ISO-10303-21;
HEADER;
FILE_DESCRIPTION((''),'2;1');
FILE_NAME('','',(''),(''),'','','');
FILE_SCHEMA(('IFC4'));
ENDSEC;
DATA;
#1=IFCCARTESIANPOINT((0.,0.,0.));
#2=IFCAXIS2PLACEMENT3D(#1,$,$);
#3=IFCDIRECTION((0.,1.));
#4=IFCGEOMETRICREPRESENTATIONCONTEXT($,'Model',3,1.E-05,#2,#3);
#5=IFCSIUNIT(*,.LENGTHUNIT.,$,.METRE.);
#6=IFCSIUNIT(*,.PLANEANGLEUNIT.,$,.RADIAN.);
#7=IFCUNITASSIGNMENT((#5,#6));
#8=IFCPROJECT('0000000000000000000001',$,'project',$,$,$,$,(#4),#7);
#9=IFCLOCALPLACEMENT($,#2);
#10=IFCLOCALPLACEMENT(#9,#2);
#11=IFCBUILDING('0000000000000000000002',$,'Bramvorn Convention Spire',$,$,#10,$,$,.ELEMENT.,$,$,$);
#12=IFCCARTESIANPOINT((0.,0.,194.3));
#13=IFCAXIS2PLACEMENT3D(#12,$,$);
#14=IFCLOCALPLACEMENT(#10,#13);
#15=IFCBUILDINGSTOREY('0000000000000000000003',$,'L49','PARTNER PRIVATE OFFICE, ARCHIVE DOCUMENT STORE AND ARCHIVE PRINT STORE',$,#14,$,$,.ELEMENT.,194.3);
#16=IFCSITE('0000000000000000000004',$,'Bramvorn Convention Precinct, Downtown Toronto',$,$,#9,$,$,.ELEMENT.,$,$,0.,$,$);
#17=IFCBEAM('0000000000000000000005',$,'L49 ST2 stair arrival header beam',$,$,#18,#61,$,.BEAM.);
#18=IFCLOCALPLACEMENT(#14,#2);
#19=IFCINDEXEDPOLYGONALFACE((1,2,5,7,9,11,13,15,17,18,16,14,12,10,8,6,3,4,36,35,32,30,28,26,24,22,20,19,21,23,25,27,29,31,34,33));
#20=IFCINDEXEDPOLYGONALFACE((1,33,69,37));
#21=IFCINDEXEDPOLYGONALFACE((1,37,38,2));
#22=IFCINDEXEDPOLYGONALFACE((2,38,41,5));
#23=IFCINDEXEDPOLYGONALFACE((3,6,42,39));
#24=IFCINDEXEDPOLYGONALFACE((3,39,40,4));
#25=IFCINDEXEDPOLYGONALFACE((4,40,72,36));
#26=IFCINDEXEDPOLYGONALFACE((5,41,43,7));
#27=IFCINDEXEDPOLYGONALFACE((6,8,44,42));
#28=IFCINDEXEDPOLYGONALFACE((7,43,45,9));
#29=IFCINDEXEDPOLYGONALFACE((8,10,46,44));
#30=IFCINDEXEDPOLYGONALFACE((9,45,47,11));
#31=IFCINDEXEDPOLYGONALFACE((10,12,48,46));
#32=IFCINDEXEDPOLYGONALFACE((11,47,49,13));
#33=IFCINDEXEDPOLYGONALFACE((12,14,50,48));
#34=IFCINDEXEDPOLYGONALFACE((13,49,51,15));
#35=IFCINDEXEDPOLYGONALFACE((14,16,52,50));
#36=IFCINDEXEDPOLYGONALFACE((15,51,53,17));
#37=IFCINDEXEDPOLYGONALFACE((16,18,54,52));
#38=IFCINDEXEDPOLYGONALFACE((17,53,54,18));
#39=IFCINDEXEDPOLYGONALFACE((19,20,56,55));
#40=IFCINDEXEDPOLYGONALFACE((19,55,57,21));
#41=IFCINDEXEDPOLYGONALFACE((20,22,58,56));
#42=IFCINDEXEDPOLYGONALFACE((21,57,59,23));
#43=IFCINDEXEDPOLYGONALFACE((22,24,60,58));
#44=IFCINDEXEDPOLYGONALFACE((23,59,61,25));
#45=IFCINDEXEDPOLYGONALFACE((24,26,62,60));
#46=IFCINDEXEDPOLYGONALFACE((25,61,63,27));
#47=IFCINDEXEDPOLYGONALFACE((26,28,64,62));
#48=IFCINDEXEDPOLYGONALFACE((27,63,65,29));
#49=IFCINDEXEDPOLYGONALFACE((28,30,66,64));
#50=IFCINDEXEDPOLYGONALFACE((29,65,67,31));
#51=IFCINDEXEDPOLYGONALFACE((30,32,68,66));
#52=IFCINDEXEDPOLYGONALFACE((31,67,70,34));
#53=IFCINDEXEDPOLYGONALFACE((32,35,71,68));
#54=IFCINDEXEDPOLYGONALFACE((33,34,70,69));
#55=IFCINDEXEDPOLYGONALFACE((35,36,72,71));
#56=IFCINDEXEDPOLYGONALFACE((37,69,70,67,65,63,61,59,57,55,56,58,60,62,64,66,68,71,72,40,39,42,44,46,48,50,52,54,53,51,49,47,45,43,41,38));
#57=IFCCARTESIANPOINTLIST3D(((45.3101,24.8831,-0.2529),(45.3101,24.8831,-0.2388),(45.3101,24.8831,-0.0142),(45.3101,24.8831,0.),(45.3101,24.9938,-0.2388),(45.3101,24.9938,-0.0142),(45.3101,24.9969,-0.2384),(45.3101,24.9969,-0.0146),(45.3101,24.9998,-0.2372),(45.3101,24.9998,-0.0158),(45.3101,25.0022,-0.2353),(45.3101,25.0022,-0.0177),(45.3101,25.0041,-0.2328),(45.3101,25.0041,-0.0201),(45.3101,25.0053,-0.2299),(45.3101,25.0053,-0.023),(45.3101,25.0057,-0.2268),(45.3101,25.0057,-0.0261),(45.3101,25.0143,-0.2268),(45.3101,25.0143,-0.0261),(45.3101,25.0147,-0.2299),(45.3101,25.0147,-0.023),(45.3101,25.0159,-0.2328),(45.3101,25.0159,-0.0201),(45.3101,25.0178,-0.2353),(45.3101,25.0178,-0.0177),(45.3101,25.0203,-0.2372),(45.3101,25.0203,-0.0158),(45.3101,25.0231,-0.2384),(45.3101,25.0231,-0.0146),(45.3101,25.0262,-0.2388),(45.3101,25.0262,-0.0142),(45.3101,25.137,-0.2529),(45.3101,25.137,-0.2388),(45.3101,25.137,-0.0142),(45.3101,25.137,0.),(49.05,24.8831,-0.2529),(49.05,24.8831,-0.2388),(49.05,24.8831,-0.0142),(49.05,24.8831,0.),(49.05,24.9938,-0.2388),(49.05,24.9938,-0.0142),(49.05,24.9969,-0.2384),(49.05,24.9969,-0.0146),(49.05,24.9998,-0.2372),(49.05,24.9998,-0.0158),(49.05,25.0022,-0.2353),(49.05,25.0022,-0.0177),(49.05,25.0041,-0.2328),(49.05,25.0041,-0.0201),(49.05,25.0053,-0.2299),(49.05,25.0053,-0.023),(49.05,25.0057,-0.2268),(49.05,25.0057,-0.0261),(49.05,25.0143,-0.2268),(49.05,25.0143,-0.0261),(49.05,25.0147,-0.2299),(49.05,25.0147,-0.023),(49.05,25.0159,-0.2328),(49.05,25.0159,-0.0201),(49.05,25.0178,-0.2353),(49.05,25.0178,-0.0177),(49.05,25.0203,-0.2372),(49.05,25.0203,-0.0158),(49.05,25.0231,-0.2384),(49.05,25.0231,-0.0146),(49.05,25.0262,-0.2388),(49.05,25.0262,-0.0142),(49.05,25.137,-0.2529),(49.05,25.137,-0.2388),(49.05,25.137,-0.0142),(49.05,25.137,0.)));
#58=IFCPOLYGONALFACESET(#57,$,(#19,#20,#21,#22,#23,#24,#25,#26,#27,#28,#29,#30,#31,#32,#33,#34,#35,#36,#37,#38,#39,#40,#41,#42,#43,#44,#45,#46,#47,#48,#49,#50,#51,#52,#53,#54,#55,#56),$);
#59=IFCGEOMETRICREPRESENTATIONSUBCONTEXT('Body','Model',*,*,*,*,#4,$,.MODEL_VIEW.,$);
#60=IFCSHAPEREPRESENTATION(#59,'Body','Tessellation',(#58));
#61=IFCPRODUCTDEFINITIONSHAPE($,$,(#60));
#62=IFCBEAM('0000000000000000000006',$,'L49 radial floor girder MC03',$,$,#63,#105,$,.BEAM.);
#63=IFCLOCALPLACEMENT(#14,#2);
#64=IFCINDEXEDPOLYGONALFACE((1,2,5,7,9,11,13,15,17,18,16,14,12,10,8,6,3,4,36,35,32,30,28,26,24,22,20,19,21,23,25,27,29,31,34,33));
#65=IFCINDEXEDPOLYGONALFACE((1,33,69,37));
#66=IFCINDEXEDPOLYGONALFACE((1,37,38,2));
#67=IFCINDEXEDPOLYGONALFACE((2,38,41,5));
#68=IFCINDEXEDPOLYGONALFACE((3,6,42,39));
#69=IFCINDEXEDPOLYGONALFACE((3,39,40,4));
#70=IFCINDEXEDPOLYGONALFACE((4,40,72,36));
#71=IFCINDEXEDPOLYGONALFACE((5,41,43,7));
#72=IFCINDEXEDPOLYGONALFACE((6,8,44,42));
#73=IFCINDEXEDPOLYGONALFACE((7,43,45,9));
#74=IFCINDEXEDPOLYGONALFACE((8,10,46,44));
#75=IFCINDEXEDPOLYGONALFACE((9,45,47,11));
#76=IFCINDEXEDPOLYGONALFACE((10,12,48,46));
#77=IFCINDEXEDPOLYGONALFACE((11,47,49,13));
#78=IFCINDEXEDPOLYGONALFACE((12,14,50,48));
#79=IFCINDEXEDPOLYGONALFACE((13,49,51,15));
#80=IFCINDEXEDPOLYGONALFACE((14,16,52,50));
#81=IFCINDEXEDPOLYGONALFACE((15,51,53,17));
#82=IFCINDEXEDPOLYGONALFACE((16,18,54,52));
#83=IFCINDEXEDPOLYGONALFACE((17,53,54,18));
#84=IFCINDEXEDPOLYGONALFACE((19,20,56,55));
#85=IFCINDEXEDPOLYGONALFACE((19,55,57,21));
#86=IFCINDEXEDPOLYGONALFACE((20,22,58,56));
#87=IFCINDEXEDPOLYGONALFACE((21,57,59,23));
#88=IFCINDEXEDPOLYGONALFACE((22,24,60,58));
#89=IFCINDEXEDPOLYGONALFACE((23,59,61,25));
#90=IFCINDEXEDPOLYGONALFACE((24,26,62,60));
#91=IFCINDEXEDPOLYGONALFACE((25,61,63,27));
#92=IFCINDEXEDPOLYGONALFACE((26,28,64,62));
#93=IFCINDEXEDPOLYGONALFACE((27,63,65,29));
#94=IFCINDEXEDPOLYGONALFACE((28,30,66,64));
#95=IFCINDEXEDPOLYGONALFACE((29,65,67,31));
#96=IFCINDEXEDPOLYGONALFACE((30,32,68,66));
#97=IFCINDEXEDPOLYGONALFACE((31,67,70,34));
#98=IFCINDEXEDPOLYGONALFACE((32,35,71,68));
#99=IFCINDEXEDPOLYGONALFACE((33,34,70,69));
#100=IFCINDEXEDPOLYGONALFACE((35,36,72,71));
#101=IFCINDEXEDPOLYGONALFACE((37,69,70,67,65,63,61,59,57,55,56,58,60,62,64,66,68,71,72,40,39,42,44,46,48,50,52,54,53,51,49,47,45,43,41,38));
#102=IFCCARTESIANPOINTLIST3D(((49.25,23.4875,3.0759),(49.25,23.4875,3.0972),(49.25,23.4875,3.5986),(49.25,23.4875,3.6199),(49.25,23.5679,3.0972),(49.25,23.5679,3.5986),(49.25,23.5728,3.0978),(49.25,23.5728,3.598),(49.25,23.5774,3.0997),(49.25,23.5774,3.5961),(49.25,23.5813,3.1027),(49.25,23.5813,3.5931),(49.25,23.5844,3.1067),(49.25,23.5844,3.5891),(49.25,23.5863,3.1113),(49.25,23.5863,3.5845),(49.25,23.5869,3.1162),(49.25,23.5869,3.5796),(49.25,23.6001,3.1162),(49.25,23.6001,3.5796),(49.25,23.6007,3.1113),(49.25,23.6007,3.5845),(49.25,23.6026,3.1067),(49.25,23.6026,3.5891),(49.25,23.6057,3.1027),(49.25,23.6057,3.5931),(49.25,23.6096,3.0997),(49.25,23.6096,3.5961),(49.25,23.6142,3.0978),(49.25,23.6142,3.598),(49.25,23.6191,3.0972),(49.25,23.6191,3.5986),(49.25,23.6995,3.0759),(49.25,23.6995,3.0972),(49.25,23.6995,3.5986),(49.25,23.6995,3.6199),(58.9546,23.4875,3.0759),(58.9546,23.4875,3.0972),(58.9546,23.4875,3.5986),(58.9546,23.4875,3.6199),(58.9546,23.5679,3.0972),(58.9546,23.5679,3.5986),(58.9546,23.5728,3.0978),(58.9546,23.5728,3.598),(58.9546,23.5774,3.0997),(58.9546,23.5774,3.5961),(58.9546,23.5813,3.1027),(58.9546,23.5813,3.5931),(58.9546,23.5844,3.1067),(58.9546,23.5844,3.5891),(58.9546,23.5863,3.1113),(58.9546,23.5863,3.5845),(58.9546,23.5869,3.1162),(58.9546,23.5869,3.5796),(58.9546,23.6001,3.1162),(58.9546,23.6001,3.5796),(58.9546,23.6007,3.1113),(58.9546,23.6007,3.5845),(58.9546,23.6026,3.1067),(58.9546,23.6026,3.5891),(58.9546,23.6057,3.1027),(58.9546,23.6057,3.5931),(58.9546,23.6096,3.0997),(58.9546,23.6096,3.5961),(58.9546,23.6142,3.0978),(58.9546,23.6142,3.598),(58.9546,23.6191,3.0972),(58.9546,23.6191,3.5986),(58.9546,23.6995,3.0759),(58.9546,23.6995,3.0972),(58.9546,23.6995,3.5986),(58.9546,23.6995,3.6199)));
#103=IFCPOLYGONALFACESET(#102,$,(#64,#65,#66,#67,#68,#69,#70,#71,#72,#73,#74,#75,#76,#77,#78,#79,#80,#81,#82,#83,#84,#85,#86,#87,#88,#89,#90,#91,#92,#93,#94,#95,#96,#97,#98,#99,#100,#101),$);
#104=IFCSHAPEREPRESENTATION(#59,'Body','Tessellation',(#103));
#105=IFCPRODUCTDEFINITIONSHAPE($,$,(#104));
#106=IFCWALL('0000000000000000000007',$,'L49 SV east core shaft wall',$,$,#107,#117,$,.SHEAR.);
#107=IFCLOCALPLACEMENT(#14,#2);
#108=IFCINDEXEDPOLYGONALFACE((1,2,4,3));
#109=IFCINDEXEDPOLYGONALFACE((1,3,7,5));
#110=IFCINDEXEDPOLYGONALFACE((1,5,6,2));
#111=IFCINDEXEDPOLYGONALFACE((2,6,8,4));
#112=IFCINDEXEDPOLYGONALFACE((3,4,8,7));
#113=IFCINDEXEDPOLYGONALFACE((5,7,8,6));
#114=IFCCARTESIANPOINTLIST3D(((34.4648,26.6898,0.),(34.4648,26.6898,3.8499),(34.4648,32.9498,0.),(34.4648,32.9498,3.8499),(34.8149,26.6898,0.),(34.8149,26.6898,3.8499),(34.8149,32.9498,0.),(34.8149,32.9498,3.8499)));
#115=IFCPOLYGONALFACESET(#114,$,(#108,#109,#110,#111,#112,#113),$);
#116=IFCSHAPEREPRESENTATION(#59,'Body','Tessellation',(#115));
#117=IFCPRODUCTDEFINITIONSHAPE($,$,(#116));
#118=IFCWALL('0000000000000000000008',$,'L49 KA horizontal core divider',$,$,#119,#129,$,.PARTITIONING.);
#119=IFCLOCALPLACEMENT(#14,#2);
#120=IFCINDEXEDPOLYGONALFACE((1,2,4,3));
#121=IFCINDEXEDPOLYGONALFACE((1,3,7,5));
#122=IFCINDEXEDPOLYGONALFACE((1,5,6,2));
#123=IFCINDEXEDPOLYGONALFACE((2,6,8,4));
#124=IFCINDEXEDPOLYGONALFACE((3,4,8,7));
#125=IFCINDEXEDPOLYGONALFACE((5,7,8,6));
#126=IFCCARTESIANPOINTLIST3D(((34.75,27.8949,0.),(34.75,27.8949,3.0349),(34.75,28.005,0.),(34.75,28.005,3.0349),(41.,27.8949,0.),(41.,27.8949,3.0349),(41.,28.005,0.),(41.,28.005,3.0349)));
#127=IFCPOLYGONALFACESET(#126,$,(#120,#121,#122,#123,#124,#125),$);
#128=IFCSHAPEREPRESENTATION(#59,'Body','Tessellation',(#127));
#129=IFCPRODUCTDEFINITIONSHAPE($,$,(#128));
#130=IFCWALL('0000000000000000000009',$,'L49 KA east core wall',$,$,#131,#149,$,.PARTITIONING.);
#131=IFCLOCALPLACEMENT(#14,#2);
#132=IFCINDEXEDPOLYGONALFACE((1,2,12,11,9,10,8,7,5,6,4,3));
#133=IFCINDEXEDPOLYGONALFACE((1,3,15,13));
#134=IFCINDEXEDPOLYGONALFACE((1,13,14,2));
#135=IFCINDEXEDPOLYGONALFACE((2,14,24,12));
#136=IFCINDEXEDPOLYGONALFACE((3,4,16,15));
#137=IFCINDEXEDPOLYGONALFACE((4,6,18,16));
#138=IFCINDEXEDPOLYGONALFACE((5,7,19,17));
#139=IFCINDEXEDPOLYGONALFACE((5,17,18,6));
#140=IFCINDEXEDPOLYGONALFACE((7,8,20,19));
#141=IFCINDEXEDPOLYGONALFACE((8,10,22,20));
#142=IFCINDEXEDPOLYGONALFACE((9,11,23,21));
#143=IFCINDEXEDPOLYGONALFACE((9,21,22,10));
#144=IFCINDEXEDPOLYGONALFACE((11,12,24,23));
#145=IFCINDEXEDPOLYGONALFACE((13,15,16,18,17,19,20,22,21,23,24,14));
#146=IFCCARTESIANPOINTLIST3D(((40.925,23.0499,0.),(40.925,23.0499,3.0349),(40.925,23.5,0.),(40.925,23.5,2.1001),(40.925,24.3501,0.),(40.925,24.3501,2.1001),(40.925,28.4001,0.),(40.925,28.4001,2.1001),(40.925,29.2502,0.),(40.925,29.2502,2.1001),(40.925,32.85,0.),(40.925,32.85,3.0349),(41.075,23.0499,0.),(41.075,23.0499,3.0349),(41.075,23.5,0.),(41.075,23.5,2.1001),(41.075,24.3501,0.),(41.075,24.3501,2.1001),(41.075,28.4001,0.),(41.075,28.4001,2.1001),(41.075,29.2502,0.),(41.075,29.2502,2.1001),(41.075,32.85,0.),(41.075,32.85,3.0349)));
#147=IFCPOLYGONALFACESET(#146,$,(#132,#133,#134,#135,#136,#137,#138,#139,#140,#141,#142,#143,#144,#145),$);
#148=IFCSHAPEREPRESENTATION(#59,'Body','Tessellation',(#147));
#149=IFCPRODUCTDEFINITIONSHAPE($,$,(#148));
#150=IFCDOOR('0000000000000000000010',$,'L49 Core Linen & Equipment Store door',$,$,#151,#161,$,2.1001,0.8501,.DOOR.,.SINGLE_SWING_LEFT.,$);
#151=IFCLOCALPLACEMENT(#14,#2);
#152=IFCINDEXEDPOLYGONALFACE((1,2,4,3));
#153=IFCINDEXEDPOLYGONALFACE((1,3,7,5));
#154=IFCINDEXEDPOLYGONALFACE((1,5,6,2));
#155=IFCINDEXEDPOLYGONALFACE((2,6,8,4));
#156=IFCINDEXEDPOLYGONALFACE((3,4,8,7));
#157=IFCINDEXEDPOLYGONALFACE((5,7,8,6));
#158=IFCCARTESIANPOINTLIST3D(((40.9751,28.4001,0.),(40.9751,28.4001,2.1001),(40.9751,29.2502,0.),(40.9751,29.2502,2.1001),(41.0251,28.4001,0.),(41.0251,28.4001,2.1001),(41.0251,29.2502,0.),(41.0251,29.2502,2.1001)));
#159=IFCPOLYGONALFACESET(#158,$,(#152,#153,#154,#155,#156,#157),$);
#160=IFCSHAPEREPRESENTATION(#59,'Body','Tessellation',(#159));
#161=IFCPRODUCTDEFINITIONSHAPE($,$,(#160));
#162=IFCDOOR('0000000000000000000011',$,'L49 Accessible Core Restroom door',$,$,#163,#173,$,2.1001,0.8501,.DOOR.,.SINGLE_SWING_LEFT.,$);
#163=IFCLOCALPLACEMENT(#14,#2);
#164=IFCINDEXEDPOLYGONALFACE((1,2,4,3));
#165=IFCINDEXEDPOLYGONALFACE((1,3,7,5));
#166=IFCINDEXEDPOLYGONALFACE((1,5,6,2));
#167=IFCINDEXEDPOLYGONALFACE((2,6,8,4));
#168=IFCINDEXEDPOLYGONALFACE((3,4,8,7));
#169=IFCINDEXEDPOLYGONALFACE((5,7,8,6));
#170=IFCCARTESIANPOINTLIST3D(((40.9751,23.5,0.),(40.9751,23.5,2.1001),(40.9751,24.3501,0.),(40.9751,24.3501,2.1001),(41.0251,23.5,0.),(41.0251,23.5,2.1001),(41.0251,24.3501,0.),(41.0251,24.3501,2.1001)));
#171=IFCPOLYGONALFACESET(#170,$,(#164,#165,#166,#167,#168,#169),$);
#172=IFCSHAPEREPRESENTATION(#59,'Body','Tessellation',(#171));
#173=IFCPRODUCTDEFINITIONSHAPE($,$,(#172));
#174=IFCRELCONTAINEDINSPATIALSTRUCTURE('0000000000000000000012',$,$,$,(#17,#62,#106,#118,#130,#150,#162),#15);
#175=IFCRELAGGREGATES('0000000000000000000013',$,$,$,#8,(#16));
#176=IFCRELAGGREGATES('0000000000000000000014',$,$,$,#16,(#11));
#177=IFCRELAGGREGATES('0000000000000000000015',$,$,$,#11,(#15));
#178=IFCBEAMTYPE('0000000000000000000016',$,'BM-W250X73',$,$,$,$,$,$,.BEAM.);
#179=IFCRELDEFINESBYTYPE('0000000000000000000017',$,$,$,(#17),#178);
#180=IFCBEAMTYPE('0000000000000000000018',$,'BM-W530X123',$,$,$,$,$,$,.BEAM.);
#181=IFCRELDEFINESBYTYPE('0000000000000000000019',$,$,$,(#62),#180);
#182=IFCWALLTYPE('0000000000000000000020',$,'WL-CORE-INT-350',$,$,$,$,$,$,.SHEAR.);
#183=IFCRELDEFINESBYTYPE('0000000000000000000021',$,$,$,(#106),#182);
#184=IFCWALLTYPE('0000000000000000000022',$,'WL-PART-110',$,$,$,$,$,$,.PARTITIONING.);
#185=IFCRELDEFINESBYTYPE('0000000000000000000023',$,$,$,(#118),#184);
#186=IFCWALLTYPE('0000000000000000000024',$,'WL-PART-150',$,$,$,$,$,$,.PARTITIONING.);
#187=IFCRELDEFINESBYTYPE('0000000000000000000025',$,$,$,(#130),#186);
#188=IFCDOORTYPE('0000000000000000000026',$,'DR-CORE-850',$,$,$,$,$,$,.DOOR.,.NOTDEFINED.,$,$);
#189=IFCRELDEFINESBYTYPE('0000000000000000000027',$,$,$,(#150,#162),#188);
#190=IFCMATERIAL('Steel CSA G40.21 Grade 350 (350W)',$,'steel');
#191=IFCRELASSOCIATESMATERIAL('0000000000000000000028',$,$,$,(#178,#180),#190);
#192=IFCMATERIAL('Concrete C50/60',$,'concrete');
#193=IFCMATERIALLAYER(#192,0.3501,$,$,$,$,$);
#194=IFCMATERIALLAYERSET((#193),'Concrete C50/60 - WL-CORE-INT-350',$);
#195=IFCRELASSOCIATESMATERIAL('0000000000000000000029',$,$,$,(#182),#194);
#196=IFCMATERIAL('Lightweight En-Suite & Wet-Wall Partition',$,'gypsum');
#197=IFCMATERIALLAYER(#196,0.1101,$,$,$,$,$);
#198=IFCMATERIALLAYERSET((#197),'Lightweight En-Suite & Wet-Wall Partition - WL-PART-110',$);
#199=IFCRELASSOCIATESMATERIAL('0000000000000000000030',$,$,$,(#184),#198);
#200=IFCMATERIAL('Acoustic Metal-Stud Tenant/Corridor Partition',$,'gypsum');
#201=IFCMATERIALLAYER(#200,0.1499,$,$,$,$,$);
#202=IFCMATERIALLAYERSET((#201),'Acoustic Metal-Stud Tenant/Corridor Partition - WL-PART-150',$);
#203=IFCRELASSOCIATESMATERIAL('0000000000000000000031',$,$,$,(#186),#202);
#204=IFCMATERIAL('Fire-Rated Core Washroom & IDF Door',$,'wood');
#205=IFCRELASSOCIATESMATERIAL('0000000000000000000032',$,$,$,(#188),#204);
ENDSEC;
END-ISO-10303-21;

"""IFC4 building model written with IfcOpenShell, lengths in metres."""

from ifc_helpers import new_model, si_unit, direction, frame, frame_2d, origin, origin_2d, place, context, subcontext, project, spatial, rectangle, i_section, extrude, material, layer, layer_set, material_profile, profile_set, type_object, element, fill, save


model = new_model("IFC4")

# Units and contexts
model_context = context("Model", 3, precision=1e-05, world=origin(), true_north=direction((0.0, 1.0)))
body_context = subcontext(model_context, "Body", "Model", "MODEL_VIEW")
ifc_project = project(units=[si_unit("LENGTHUNIT", "METRE"), si_unit("PLANEANGLEUNIT", "RADIAN")], contexts=[model_context])

# Site, building, storey
site_placement = place(None, origin())
site = spatial("IfcSite", under=ifc_project, at=site_placement, Name="Bramvorn Convention Precinct, Downtown Toronto", CompositionType="ELEMENT", RefElevation=0.0)
building_placement = place(site_placement, origin())
building = spatial("IfcBuilding", under=site, at=building_placement, Name="Bramvorn Convention Spire", CompositionType="ELEMENT")
storey_placement = place(building_placement, frame((0.0, 0.0, 194.3)))
storey = spatial("IfcBuildingStorey", under=building, at=storey_placement, Name="L49", Description="PARTNER PRIVATE OFFICE, ARCHIVE DOCUMENT STORE AND ARCHIVE PRINT STORE", CompositionType="ELEMENT", Elevation=194.3)

# Beams
ifc_material_1 = material(Name="Steel CSA G40.21 Grade 350 (350W)", Category="steel")
ifc_material_profile_1 = material_profile(ifc_material_1, i_section(OverallWidth=0.2539, OverallDepth=0.2529, WebThickness=0.0085, FlangeThickness=0.0142, FilletRadius=0.012, at=origin_2d()))
ifc_profile_set_1 = profile_set([ifc_material_profile_1], Name="Steel CSA G40.21 Grade 350 (350W) - W250X73")
beam_type_1 = type_object("IfcBeamType", Name="BM-W250X73", PredefinedType="BEAM", material=ifc_profile_set_1)
beam_1_placement = place(storey_placement, frame((45.3101, 25.01, -0.1265), z_axis=(1.0, 0.0, 0.0), x_axis=(0.0, 1.0, 0.0)))
element("IfcBeam", 1, at=beam_1_placement, inside=storey, type_object=beam_type_1, Name="L49 ST2 stair arrival header beam", PredefinedType="BEAM", context=body_context, shape_type="SweptSolid", body=[
    extrude(i_section(OverallWidth=0.2539, OverallDepth=0.2529, WebThickness=0.0085, FlangeThickness=0.0142, FilletRadius=0.012, at=origin_2d()), origin(), (0.0, 0.0, 1.0), 3.74),
])
ifc_material_profile_2 = material_profile(ifc_material_1, i_section(OverallWidth=0.2119, OverallDepth=0.5439, WebThickness=0.0132, FlangeThickness=0.0212, FilletRadius=0.019, at=origin_2d()))
ifc_profile_set_2 = profile_set([ifc_material_profile_2], Name="Steel CSA G40.21 Grade 350 (350W) - W530X123")
beam_type_2 = type_object("IfcBeamType", Name="BM-W530X123", PredefinedType="BEAM", material=ifc_profile_set_2)
beam_2_placement = place(storey_placement, frame((49.25, 23.5935, 3.3479), z_axis=(1.0, 0.0, 0.0), x_axis=(0.0, 1.0, 0.0)))
element("IfcBeam", 2, at=beam_2_placement, inside=storey, type_object=beam_type_2, Name="L49 radial floor girder MC03", PredefinedType="BEAM", context=body_context, shape_type="SweptSolid", body=[
    extrude(i_section(OverallWidth=0.2119, OverallDepth=0.5439, WebThickness=0.0132, FlangeThickness=0.0212, FilletRadius=0.019, at=origin_2d()), origin(), (0.0, 0.0, 1.0), 9.7046),
])

# Walls
ifc_material_2 = material(Name="Concrete C50/60", Category="concrete")
ifc_layer_1 = layer(ifc_material_2, 0.3501)
ifc_layer_set_1 = layer_set([ifc_layer_1], Name="Concrete C50/60 - WL-CORE-INT-350")
wall_type_1 = type_object("IfcWallType", Name="WL-CORE-INT-350", PredefinedType="SHEAR", material=ifc_layer_set_1)
wall_1_placement = place(storey_placement, frame((34.6399, 26.6899, 0.0), z_axis=(0.0, 0.0, 1.0), x_axis=(0.0, 1.0, 0.0)))
element("IfcWall", 3, at=wall_1_placement, inside=storey, type_object=wall_type_1, Name="L49 SV east core shaft wall", PredefinedType="SHEAR", context=body_context, shape_type="SweptSolid", body=[
    extrude(rectangle(XDim=6.26, YDim=0.3501, at=frame_2d((3.1299, 0.0))), origin(), (0.0, 0.0, 1.0), 3.8499),
])
ifc_material_3 = material(Name="Lightweight En-Suite & Wet-Wall Partition", Category="gypsum")
ifc_layer_2 = layer(ifc_material_3, 0.1101)
ifc_layer_set_2 = layer_set([ifc_layer_2], Name="Lightweight En-Suite & Wet-Wall Partition - WL-PART-110")
wall_type_2 = type_object("IfcWallType", Name="WL-PART-110", PredefinedType="PARTITIONING", material=ifc_layer_set_2)
wall_2_placement = place(storey_placement, frame((34.75, 27.95, 0.0), z_axis=(0.0, 0.0, 1.0), x_axis=(1.0, 0.0, 0.0)))
element("IfcWall", 4, at=wall_2_placement, inside=storey, type_object=wall_type_2, Name="L49 KA horizontal core divider", PredefinedType="PARTITIONING", context=body_context, shape_type="SweptSolid", body=[
    extrude(rectangle(XDim=6.25, YDim=0.1101, at=frame_2d((3.125, 0.0))), origin(), (0.0, 0.0, 1.0), 3.0349),
])

# Wall, openings, doors
ifc_material_4 = material(Name="Acoustic Metal-Stud Tenant/Corridor Partition", Category="gypsum")
ifc_layer_3 = layer(ifc_material_4, 0.1499)
ifc_layer_set_3 = layer_set([ifc_layer_3], Name="Acoustic Metal-Stud Tenant/Corridor Partition - WL-PART-150")
wall_type_3 = type_object("IfcWallType", Name="WL-PART-150", PredefinedType="PARTITIONING", material=ifc_layer_set_3)
wall_3_placement = place(storey_placement, frame((41.0, 23.05, 0.0), z_axis=(0.0, 0.0, 1.0), x_axis=(0.0, 1.0, 0.0)))
wall_3 = element("IfcWall", 5, at=wall_3_placement, inside=storey, type_object=wall_type_3, Name="L49 KA east core wall", PredefinedType="PARTITIONING", context=body_context, shape_type="SweptSolid", body=[
    extrude(rectangle(XDim=9.8, YDim=0.1499, at=frame_2d((4.8999, 0.0))), origin(), (0.0, 0.0, 1.0), 3.0349),
])
opening_1_placement = place(wall_3_placement, frame((5.3501, 0.0, 0.0)))
opening_1 = element("IfcOpeningElement", 6, at=opening_1_placement, cuts=wall_3, PredefinedType="OPENING", context=body_context, shape_type="SweptSolid", body=[
    extrude(rectangle(XDim=0.8501, YDim=2.1001, at=frame_2d((0.425, 1.05))), frame((0.0, 0.085, 0.0), z_axis=(0.0, -1.0, 0.0), x_axis=(1.0, 0.0, 0.0)), (0.0, 0.0, 1.0), 0.1699),
])
opening_2_placement = place(wall_3_placement, frame((0.45, 0.0, 0.0)))
opening_2 = element("IfcOpeningElement", 7, at=opening_2_placement, cuts=wall_3, PredefinedType="OPENING", context=body_context, shape_type="SweptSolid", body=[
    extrude(rectangle(XDim=0.8501, YDim=2.1001, at=frame_2d((0.425, 1.05))), frame((0.0, 0.085, 0.0), z_axis=(0.0, -1.0, 0.0), x_axis=(1.0, 0.0, 0.0)), (0.0, 0.0, 1.0), 0.1699),
])
ifc_material_5 = material(Name="Fire-Rated Core Washroom & IDF Door", Category="wood")
door_type_1 = type_object("IfcDoorType", Name="DR-CORE-850", OperationType="NOTDEFINED", PredefinedType="DOOR", material=ifc_material_5)
door_1_placement = place(opening_1_placement, origin())
door_1 = element("IfcDoor", 8, at=door_1_placement, inside=storey, type_object=door_type_1, Name="L49 Core Linen & Equipment Store door", OperationType="SINGLE_SWING_LEFT", OverallHeight=2.1001, OverallWidth=0.8501, PredefinedType="DOOR", context=body_context, shape_type="SweptSolid", body=[
    extrude(rectangle(XDim=0.8501, YDim=2.1001, at=frame_2d((0.425, 1.05))), frame((0.0, 0.0249, 0.0), z_axis=(0.0, -1.0, 0.0), x_axis=(1.0, 0.0, 0.0)), (0.0, 0.0, 1.0), 0.05),
])
fill(opening_1, door_1)
door_2_placement = place(opening_2_placement, origin())
door_2 = element("IfcDoor", 9, at=door_2_placement, inside=storey, type_object=door_type_1, Name="L49 Accessible Core Restroom door", OperationType="SINGLE_SWING_LEFT", OverallHeight=2.1001, OverallWidth=0.8501, PredefinedType="DOOR", context=body_context, shape_type="SweptSolid", body=[
    extrude(rectangle(XDim=0.8501, YDim=2.1001, at=frame_2d((0.425, 1.05))), frame((0.0, 0.0249, 0.0), z_axis=(0.0, -1.0, 0.0), x_axis=(1.0, 0.0, 0.0)), (0.0, 0.0, 1.0), 0.05),
])
fill(opening_2, door_2)

save(model, "model.ifc")
